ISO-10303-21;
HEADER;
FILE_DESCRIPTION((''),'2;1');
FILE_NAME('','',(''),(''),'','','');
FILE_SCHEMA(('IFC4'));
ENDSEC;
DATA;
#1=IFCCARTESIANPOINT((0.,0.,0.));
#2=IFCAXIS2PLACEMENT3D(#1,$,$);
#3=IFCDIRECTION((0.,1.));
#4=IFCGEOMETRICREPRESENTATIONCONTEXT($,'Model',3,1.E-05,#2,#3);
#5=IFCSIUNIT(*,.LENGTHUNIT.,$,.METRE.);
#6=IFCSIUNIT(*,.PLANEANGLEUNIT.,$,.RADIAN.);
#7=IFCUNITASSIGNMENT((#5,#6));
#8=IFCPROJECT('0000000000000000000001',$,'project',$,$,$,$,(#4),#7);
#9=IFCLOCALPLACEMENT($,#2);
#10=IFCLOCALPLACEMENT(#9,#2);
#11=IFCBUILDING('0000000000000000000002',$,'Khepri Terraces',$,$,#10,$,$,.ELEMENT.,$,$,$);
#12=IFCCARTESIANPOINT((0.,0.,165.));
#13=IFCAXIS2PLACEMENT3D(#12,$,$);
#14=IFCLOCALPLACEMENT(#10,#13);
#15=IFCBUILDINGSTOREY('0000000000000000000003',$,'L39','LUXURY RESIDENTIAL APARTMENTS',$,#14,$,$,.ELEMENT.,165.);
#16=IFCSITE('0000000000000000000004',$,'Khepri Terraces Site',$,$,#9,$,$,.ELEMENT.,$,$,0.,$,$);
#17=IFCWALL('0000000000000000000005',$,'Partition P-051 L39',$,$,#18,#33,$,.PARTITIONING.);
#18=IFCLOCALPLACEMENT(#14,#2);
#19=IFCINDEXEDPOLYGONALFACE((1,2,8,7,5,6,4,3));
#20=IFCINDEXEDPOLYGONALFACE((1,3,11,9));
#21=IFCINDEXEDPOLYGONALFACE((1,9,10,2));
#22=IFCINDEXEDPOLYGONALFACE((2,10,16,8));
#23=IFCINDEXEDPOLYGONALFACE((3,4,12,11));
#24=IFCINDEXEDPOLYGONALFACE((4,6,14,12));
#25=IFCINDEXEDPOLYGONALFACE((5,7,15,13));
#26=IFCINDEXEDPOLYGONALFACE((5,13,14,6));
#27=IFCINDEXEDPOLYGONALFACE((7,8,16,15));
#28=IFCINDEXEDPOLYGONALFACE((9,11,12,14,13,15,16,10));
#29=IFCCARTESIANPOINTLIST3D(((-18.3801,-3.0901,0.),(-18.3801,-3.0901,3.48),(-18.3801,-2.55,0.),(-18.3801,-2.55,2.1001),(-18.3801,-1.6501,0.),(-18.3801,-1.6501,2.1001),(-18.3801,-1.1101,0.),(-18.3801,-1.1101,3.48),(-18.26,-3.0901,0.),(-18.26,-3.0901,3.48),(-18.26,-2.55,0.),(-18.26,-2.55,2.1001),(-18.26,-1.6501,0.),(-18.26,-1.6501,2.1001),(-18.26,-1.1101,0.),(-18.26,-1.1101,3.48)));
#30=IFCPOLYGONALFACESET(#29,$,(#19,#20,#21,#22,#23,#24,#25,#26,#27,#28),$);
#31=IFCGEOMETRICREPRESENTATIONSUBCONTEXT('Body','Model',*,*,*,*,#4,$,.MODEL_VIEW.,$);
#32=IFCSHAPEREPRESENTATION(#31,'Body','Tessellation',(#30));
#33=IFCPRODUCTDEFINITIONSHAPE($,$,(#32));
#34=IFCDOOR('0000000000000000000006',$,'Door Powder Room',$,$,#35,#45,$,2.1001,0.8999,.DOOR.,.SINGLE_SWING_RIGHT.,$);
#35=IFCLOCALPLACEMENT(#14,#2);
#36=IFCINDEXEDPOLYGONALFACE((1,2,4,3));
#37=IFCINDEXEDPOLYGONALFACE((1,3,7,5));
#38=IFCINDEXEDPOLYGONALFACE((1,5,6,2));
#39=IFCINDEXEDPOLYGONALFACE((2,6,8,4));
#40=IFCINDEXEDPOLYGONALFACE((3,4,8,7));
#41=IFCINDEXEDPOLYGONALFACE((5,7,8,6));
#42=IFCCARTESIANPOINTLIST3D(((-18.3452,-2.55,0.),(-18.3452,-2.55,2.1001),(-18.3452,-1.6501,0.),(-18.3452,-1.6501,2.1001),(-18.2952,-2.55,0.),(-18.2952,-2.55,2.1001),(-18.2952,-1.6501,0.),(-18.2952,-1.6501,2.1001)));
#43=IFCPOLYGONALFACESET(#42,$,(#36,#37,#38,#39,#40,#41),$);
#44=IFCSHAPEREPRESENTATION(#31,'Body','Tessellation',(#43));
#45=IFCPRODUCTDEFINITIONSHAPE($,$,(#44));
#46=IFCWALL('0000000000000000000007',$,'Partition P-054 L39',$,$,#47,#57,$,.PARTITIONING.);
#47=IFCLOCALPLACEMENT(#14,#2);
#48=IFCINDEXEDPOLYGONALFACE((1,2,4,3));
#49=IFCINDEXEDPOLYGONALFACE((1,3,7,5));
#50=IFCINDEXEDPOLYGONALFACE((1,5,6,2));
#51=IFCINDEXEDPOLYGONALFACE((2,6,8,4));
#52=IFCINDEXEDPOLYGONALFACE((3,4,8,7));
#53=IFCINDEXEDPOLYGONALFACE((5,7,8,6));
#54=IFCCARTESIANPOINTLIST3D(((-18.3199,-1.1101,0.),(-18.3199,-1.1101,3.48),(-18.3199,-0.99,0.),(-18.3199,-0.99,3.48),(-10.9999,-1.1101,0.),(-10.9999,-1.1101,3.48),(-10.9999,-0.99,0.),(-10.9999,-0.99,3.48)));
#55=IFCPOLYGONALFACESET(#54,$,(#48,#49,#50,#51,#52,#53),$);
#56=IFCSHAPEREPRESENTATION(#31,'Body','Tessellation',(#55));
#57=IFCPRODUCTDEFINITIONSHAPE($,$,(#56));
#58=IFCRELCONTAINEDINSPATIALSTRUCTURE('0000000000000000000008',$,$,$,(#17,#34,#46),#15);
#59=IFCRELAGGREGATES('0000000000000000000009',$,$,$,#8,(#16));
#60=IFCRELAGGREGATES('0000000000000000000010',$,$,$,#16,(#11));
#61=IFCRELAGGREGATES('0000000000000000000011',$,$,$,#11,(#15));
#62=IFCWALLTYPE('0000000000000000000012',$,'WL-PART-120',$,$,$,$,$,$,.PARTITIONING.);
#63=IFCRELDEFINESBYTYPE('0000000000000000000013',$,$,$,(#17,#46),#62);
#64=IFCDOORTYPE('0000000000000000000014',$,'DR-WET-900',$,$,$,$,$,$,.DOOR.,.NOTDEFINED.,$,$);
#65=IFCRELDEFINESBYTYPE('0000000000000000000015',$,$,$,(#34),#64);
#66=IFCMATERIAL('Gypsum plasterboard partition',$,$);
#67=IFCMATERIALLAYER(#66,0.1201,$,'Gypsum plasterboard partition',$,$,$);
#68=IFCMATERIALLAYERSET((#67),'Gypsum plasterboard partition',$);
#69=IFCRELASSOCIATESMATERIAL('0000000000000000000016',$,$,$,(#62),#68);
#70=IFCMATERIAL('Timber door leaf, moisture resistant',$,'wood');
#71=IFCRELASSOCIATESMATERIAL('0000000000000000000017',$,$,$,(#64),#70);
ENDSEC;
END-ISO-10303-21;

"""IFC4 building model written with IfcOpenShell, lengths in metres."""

from ifc_helpers import new_model, si_unit, direction, frame, frame_2d, origin, place, context, subcontext, project, spatial, rectangle, extrude, material, layer, layer_set, type_object, element, fill, save


model = new_model("IFC4")

# Units and contexts
model_context = context("Model", 3, precision=1e-05, world=origin(), true_north=direction((0.0, 1.0)))
body_context = subcontext(model_context, "Body", "Model", "MODEL_VIEW")
ifc_project = project(units=[si_unit("LENGTHUNIT", "METRE"), si_unit("PLANEANGLEUNIT", "RADIAN")], contexts=[model_context])

# Site, building, storey
site_placement = place(None, origin())
site = spatial("IfcSite", under=ifc_project, at=site_placement, Name="Khepri Terraces Site", CompositionType="ELEMENT", RefElevation=0.0)
building_placement = place(site_placement, origin())
building = spatial("IfcBuilding", under=site, at=building_placement, Name="Khepri Terraces", CompositionType="ELEMENT")
storey_placement = place(building_placement, frame((0.0, 0.0, 165.0)))
storey = spatial("IfcBuildingStorey", under=building, at=storey_placement, Name="L39", Description="LUXURY RESIDENTIAL APARTMENTS", CompositionType="ELEMENT", Elevation=165.0)

# Shared definitions
ifc_material_1 = material(Name="Gypsum plasterboard partition")
ifc_layer_1 = layer(ifc_material_1, 0.1201, Name="Gypsum plasterboard partition")
ifc_layer_set_1 = layer_set([ifc_layer_1], Name="Gypsum plasterboard partition")
wall_type_1 = type_object("IfcWallType", Name="WL-PART-120", PredefinedType="PARTITIONING", material=ifc_layer_set_1)

# Shared definitions
ifc_material_2 = material(Name="Timber door leaf, moisture resistant", Category="wood")
door_type_1 = type_object("IfcDoorType", Name="DR-WET-900", OperationType="NOTDEFINED", PredefinedType="DOOR", material=ifc_material_2)

# Wall, opening, door
wall_1_placement = place(storey_placement, frame((-18.3201, -3.0901, 0.0), z_axis=(0.0, 0.0, 1.0), x_axis=(0.0, 1.0, 0.0)))
wall_1 = element("IfcWall", 1, at=wall_1_placement, inside=storey, type_object=wall_type_1, Name="Partition P-051 L39", PredefinedType="PARTITIONING", context=body_context, shape_type="SweptSolid", body=[
    extrude(rectangle(XDim=1.98, YDim=0.1201, at=frame_2d((0.99, 0.0))), origin(), (0.0, 0.0, 1.0), 3.48),
])
opening_1_placement = place(wall_1_placement, frame((0.54, 0.0, 0.0)))
opening_1 = element("IfcOpeningElement", 2, at=opening_1_placement, cuts=wall_1, PredefinedType="OPENING", context=body_context, shape_type="SweptSolid", body=[
    extrude(rectangle(XDim=0.8999, YDim=2.1001, at=frame_2d((0.45, 1.05))), frame((0.0, 0.0701, 0.0), z_axis=(0.0, -1.0, 0.0), x_axis=(1.0, 0.0, 0.0)), (0.0, 0.0, 1.0), 0.1401),
])
door_1_placement = place(opening_1_placement, frame((0.8999, 0.0, 0.0), z_axis=(0.0, 0.0, 1.0), x_axis=(-1.0, 0.0, 0.0)))
door_1 = element("IfcDoor", 3, at=door_1_placement, inside=storey, type_object=door_type_1, Name="Door Powder Room", OperationType="SINGLE_SWING_RIGHT", OverallHeight=2.1001, OverallWidth=0.8999, PredefinedType="DOOR", context=body_context, shape_type="SweptSolid", body=[
    extrude(rectangle(XDim=0.8999, YDim=2.1001, at=frame_2d((0.45, 1.05))), frame((0.0, 0.0249, 0.0), z_axis=(0.0, -1.0, 0.0), x_axis=(1.0, 0.0, 0.0)), (0.0, 0.0, 1.0), 0.05),
])
fill(opening_1, door_1)

# Wall
wall_2_placement = place(storey_placement, frame((-18.3201, -1.05, 0.0), z_axis=(0.0, 0.0, 1.0), x_axis=(1.0, 0.0, 0.0)))
element("IfcWall", 4, at=wall_2_placement, inside=storey, type_object=wall_type_1, Name="Partition P-054 L39", PredefinedType="PARTITIONING", context=body_context, shape_type="SweptSolid", body=[
    extrude(rectangle(XDim=7.3201, YDim=0.1201, at=frame_2d((3.6602, 0.0))), origin(), (0.0, 0.0, 1.0), 3.48),
])

save(model, "model.ifc")
